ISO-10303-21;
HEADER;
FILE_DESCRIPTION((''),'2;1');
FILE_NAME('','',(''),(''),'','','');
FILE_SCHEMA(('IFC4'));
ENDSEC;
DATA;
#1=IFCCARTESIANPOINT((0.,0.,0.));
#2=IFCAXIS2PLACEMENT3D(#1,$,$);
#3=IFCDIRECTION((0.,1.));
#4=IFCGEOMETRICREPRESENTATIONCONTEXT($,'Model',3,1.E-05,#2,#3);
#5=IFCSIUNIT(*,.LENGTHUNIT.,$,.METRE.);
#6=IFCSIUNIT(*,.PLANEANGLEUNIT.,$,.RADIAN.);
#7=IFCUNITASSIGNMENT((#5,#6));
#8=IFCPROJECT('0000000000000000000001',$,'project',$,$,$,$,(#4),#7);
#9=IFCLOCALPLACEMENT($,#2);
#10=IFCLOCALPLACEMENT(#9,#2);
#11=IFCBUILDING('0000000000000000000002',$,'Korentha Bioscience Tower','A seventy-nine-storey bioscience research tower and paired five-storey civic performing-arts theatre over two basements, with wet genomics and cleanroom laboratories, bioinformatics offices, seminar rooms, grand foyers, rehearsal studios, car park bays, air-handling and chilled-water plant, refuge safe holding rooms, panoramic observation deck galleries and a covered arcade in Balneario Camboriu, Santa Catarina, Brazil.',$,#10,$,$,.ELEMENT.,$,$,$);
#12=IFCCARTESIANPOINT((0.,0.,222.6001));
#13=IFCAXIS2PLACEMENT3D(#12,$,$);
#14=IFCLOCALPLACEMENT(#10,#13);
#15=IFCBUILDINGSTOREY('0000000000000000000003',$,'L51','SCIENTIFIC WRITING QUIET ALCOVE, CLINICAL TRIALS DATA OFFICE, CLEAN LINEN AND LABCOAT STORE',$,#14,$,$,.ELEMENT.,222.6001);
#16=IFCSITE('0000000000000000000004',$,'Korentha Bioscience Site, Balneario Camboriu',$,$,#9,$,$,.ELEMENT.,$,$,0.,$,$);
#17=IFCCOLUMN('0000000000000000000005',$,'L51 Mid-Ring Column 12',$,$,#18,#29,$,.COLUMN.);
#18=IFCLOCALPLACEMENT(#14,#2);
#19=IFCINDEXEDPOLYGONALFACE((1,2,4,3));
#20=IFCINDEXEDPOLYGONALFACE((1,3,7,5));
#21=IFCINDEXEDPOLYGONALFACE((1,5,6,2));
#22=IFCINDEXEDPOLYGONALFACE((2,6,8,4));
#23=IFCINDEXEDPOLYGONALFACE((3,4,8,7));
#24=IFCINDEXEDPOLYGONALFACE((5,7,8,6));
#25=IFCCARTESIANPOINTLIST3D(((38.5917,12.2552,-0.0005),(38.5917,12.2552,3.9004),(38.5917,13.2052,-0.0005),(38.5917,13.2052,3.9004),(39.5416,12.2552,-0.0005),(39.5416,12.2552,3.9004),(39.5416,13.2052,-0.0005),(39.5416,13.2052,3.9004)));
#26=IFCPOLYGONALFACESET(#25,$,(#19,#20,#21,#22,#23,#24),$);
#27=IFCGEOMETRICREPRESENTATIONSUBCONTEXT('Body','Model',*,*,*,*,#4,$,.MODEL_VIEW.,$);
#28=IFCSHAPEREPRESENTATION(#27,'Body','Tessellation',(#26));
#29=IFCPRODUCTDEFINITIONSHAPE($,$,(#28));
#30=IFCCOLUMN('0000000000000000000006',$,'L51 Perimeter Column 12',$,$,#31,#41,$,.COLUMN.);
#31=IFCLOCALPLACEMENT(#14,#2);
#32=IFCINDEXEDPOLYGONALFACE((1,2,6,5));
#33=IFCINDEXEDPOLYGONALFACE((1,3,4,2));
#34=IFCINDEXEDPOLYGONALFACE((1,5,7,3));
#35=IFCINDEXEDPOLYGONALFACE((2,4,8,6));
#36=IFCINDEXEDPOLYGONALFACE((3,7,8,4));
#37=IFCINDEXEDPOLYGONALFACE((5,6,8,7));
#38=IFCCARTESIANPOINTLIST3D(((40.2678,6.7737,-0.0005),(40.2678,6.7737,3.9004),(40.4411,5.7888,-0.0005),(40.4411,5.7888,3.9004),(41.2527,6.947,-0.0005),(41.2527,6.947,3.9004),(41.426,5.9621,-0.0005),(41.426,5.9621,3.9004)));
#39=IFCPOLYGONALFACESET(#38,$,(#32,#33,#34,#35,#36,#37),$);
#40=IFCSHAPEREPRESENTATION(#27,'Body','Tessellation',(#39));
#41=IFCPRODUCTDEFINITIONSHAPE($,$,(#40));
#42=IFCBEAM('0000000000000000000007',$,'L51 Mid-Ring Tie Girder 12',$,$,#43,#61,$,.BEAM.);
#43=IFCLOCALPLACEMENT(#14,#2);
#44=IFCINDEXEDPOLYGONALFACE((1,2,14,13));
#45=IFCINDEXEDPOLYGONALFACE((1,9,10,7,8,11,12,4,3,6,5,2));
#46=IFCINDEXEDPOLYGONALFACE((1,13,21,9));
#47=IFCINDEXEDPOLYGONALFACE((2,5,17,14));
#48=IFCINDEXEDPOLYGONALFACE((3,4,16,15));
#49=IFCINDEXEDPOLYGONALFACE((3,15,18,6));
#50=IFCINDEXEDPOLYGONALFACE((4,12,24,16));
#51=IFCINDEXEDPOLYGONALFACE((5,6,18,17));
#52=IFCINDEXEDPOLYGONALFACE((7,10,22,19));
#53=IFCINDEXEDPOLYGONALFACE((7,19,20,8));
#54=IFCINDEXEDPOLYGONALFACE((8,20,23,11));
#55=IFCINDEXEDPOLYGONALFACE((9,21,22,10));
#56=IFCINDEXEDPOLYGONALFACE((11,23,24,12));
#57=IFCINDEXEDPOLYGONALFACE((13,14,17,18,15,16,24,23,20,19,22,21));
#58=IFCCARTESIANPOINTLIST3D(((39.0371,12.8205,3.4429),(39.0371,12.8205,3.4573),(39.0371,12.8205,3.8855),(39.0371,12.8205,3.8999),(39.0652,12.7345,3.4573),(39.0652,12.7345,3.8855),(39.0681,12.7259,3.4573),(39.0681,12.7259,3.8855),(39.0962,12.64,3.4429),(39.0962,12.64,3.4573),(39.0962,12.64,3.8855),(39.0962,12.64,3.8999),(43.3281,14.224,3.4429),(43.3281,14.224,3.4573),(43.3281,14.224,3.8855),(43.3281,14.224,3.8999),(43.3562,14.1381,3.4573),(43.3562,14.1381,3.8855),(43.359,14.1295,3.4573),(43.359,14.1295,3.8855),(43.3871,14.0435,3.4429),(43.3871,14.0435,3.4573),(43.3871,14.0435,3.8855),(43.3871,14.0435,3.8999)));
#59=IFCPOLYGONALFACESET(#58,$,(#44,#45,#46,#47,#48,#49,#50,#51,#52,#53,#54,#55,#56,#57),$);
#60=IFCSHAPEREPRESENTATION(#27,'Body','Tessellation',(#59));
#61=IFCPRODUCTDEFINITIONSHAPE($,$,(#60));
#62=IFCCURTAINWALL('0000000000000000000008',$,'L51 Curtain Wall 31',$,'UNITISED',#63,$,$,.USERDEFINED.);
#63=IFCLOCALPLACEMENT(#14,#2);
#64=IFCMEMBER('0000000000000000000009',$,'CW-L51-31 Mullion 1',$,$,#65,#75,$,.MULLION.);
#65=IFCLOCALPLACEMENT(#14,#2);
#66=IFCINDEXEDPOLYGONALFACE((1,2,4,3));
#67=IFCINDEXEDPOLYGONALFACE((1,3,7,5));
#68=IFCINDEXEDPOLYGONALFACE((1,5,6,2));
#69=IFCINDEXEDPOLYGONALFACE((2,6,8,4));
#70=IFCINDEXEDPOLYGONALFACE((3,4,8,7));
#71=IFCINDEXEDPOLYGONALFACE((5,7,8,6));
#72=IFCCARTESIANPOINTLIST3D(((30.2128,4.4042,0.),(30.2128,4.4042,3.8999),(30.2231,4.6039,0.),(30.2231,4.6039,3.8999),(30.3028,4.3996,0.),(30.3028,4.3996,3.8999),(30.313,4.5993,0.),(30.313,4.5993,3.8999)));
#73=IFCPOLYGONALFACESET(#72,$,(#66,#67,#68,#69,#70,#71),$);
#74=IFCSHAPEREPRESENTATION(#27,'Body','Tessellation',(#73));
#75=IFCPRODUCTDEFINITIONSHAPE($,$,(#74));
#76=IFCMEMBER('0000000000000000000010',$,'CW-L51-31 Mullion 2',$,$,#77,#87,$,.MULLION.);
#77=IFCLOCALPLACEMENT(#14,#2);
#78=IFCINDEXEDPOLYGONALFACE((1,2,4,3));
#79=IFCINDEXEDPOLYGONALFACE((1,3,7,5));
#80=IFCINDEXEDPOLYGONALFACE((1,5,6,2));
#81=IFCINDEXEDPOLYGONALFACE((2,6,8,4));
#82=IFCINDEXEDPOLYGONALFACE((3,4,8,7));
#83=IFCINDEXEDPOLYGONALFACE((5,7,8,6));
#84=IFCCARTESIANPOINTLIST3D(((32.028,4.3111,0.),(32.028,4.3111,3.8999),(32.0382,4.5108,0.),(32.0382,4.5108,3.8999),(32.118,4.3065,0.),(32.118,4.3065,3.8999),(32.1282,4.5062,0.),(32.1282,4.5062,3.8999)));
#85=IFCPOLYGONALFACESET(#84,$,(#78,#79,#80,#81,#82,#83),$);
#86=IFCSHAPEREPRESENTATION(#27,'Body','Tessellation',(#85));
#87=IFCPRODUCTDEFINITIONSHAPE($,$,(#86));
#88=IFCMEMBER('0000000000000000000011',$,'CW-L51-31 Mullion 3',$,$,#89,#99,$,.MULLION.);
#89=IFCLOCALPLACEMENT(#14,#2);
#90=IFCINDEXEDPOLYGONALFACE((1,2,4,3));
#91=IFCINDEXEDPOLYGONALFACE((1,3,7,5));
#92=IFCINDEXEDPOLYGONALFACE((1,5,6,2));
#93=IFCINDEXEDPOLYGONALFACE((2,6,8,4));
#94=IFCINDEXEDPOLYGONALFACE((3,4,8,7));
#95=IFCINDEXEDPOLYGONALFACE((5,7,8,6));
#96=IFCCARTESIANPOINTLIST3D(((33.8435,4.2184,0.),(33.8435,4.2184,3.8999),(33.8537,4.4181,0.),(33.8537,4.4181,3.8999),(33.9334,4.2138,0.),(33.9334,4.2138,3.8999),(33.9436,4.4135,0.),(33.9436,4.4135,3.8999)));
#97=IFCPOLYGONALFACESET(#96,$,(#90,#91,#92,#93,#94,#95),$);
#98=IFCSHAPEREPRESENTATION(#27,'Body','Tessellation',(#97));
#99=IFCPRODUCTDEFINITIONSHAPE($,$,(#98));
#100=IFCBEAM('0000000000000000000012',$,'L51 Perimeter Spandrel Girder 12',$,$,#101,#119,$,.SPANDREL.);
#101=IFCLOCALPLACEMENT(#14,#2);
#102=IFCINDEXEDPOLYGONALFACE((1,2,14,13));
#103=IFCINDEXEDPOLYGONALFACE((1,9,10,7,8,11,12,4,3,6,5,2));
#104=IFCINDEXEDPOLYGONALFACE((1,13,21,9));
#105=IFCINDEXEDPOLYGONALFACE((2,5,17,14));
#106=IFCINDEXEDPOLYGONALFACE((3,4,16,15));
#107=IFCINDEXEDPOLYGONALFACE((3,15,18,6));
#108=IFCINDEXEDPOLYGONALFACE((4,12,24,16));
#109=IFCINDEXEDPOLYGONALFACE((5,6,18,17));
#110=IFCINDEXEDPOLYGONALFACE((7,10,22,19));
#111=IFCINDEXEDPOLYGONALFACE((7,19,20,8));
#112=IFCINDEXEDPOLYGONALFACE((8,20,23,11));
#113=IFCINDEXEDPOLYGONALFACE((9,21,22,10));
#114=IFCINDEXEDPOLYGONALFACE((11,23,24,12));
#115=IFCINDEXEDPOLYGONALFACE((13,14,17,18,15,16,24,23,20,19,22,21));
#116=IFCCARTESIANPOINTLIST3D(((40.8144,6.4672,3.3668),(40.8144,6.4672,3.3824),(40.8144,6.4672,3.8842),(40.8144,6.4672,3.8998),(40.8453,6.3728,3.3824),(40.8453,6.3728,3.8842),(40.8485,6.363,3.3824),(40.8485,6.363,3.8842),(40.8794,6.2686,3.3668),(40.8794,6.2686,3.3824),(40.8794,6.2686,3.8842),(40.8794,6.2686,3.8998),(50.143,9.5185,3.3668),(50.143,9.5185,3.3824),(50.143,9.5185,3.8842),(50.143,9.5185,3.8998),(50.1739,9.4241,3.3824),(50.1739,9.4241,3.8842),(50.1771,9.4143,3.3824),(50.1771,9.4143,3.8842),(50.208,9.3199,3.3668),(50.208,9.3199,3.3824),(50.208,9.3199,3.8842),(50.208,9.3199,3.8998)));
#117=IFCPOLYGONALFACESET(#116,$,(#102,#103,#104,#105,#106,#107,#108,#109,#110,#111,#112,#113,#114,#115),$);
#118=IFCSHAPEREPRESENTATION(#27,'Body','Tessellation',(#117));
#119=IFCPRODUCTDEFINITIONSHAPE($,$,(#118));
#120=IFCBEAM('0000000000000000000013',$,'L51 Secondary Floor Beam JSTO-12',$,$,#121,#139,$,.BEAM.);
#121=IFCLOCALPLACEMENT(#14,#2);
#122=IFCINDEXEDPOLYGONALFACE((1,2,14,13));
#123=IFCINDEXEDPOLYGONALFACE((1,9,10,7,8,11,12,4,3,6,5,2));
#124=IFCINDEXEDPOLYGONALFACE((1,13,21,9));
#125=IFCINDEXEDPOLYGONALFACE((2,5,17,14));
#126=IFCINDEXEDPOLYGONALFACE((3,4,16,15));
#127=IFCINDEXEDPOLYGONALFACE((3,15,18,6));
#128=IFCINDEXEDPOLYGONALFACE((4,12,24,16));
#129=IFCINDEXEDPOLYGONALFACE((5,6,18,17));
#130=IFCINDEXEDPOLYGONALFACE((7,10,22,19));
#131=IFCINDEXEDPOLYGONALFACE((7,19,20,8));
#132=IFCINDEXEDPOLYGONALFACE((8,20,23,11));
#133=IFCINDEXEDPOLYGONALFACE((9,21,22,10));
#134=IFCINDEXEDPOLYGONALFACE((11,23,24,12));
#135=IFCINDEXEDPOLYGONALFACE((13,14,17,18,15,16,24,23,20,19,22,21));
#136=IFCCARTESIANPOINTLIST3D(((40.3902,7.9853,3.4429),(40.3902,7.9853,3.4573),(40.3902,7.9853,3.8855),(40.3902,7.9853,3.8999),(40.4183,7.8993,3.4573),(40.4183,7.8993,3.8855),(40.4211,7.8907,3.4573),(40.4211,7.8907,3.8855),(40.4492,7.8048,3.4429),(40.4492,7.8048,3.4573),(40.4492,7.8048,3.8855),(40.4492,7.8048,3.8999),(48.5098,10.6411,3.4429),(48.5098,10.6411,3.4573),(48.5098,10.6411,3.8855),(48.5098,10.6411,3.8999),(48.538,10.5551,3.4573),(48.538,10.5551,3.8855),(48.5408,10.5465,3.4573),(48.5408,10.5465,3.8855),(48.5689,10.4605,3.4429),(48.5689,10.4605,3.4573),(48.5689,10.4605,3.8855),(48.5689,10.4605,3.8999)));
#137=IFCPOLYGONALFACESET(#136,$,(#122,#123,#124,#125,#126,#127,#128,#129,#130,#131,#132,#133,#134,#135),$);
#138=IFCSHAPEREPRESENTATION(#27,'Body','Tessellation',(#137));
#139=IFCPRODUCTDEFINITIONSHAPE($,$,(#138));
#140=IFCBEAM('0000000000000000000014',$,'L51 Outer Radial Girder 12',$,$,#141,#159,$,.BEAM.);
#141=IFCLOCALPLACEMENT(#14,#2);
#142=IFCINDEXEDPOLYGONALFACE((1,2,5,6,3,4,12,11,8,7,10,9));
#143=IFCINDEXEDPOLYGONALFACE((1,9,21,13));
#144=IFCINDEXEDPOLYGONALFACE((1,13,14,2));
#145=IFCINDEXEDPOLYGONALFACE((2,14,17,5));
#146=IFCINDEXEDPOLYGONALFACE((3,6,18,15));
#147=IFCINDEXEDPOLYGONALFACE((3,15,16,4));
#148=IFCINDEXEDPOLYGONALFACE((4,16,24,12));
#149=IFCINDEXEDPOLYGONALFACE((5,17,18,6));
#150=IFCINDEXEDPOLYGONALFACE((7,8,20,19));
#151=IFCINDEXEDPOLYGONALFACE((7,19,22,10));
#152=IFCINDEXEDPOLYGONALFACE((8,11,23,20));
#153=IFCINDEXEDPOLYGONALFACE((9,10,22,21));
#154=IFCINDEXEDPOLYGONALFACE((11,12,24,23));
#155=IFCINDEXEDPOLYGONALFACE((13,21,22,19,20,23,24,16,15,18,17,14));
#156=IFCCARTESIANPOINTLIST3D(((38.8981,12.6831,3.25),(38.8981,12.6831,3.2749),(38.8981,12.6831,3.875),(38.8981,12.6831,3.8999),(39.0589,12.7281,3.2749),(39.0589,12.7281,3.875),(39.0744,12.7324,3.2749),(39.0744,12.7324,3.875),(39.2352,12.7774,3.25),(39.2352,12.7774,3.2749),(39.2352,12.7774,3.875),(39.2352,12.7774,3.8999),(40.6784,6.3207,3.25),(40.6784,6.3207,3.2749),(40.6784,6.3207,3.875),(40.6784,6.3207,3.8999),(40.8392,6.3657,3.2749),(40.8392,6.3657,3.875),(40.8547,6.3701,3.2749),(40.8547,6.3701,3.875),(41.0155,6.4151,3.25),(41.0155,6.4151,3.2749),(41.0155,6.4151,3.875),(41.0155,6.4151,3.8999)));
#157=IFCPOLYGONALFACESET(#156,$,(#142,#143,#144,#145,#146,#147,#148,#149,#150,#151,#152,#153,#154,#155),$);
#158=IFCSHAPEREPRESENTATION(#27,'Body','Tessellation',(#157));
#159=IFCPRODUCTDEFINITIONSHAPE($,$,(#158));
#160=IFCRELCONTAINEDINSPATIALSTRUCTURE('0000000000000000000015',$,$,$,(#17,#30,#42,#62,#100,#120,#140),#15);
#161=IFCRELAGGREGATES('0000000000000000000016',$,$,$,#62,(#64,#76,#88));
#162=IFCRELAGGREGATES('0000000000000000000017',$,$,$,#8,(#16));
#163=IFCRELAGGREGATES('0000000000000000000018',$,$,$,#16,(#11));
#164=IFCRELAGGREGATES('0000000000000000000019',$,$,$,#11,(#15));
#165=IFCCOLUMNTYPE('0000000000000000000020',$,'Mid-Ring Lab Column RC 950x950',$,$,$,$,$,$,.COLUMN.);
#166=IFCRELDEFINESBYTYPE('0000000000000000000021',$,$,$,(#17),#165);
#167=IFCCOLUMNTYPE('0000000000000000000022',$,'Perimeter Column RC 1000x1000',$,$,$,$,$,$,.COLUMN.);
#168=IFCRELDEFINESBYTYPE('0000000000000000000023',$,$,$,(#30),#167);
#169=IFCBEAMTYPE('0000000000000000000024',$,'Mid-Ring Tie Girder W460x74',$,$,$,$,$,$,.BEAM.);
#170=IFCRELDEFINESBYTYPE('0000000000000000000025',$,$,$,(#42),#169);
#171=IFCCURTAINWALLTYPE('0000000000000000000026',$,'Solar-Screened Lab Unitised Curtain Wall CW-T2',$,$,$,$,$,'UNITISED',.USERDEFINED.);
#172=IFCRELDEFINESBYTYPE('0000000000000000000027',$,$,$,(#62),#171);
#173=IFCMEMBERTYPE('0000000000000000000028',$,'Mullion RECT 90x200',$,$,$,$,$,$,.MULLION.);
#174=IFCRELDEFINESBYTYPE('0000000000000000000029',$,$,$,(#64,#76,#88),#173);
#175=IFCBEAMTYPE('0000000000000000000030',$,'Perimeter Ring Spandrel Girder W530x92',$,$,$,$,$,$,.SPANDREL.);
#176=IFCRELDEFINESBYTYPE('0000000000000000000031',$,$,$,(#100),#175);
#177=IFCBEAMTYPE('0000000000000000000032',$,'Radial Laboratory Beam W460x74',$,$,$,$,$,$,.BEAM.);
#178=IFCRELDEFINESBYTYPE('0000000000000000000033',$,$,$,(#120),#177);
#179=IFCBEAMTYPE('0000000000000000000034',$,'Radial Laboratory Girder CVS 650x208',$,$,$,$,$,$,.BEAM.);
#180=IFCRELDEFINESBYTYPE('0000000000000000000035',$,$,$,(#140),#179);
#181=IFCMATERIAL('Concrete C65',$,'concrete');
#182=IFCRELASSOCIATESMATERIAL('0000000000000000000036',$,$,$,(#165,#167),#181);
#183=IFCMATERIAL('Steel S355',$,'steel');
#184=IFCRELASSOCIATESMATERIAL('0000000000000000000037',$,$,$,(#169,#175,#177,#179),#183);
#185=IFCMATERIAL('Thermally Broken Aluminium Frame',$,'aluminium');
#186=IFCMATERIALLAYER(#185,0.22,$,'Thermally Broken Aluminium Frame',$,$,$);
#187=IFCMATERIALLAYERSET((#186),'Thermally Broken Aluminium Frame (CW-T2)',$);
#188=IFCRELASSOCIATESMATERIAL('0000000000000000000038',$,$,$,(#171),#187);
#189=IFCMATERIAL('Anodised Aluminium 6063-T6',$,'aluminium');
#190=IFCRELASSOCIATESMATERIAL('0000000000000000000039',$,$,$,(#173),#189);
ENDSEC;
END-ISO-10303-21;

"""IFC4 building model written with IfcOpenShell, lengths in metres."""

from ifc_helpers import new_model, si_unit, direction, frame, origin, origin_2d, place, context, subcontext, project, spatial, rectangle, i_section, extrude, material, layer, layer_set, material_profile, profile_set, type_object, element, aggregate, save


model = new_model("IFC4")

# Units and contexts
model_context = context("Model", 3, precision=1e-05, world=origin(), true_north=direction((0.0, 1.0)))
body_context = subcontext(model_context, "Body", "Model", "MODEL_VIEW")
ifc_project = project(units=[si_unit("LENGTHUNIT", "METRE"), si_unit("PLANEANGLEUNIT", "RADIAN")], contexts=[model_context])

# Site, building, storey
site_placement = place(None, origin())
site = spatial("IfcSite", under=ifc_project, at=site_placement, Name="Korentha Bioscience Site, Balneario Camboriu", CompositionType="ELEMENT", RefElevation=0.0)
building_placement = place(site_placement, origin())
building = spatial("IfcBuilding", under=site, at=building_placement, Name="Korentha Bioscience Tower", Description="A seventy-nine-storey bioscience research tower and paired five-storey civic performing-arts theatre over two basements, with wet genomics and cleanroom laboratories, bioinformatics offices, seminar rooms, grand foyers, rehearsal studios, car park bays, air-handling and chilled-water plant, refuge safe holding rooms, panoramic observation deck galleries and a covered arcade in Balneario Camboriu, Santa Catarina, Brazil.", CompositionType="ELEMENT")
storey_placement = place(building_placement, frame((0.0, 0.0, 222.6001)))
storey = spatial("IfcBuildingStorey", under=building, at=storey_placement, Name="L51", Description="SCIENTIFIC WRITING QUIET ALCOVE, CLINICAL TRIALS DATA OFFICE, CLEAN LINEN AND LABCOAT STORE", CompositionType="ELEMENT", Elevation=222.6001)

# Columns
ifc_material_1 = material(Name="Concrete C65", Category="concrete")
ifc_material_profile_1 = material_profile(ifc_material_1, rectangle(XDim=0.95, YDim=0.95, at=origin_2d()), Name="Concrete C65")
ifc_profile_set_1 = profile_set([ifc_material_profile_1], Name="Concrete C65 (COL-MR09)")
column_type_1 = type_object("IfcColumnType", Name="Mid-Ring Lab Column RC 950x950", PredefinedType="COLUMN", material=ifc_profile_set_1)
column_1_placement = place(storey_placement, frame((39.0667, 12.7302, -0.0005), z_axis=(0.0, 0.0, 1.0), x_axis=(1.0, 0.0, 0.0)))
element("IfcColumn", 1, at=column_1_placement, inside=storey, type_object=column_type_1, Name="L51 Mid-Ring Column 12", PredefinedType="COLUMN", context=body_context, shape_type="SweptSolid", body=[
    extrude(rectangle(XDim=0.95, YDim=0.95, at=origin_2d()), origin(), (0.0, 0.0, 1.0), 3.9009),
])
ifc_material_profile_2 = material_profile(ifc_material_1, rectangle(XDim=1.0, YDim=1.0, at=origin_2d()), Name="Concrete C65")
ifc_profile_set_2 = profile_set([ifc_material_profile_2], Name="Concrete C65 (COL-P10)")
column_type_2 = type_object("IfcColumnType", Name="Perimeter Column RC 1000x1000", PredefinedType="COLUMN", material=ifc_profile_set_2)
column_2_placement = place(storey_placement, frame((40.8469, 6.3679, -0.0005), z_axis=(0.0, 0.0, 1.0), x_axis=(0.984868, 0.173304, 0.0)))
element("IfcColumn", 2, at=column_2_placement, inside=storey, type_object=column_type_2, Name="L51 Perimeter Column 12", PredefinedType="COLUMN", context=body_context, shape_type="SweptSolid", body=[
    extrude(rectangle(XDim=1.0, YDim=1.0, at=origin_2d()), origin(), (0.0, 0.0, 1.0), 3.9009),
])

# Beam
ifc_material_2 = material(Name="Steel S355", Category="steel")
ifc_material_profile_3 = material_profile(ifc_material_2, i_section(OverallWidth=0.1899, OverallDepth=0.457, WebThickness=0.009, FlangeThickness=0.0144, at=origin_2d()), Name="Steel S355")
ifc_profile_set_3 = profile_set([ifc_material_profile_3], Name="Steel S355 (MB-460)")
beam_type_1 = type_object("IfcBeamType", Name="Mid-Ring Tie Girder W460x74", PredefinedType="BEAM", material=ifc_profile_set_3)
beam_1_placement = place(storey_placement, frame((39.0667, 12.7302, 3.6714), z_axis=(0.950447, 0.310885, 0.0), x_axis=(-0.310885, 0.950447, 0.0)))
element("IfcBeam", 3, at=beam_1_placement, inside=storey, type_object=beam_type_1, Name="L51 Mid-Ring Tie Girder 12", PredefinedType="BEAM", context=body_context, shape_type="SweptSolid", body=[
    extrude(i_section(OverallWidth=0.1899, OverallDepth=0.457, WebThickness=0.009, FlangeThickness=0.0144, at=origin_2d()), origin(), (0.0, 0.0, 1.0), 4.5146),
])

# Curtain wall, members
ifc_material_3 = material(Name="Thermally Broken Aluminium Frame", Category="aluminium")
ifc_layer_1 = layer(ifc_material_3, 0.22, Name="Thermally Broken Aluminium Frame")
ifc_layer_set_1 = layer_set([ifc_layer_1], Name="Thermally Broken Aluminium Frame (CW-T2)")
curtain_wall_type = type_object("IfcCurtainWallType", Name="Solar-Screened Lab Unitised Curtain Wall CW-T2", ElementType="UNITISED", PredefinedType="USERDEFINED", material=ifc_layer_set_1)
curtain_wall_placement = place(storey_placement, origin())
curtain_wall = element("IfcCurtainWall", 4, at=curtain_wall_placement, inside=storey, type_object=curtain_wall_type, Name="L51 Curtain Wall 31", ObjectType="UNITISED", PredefinedType="USERDEFINED")
ifc_material_4 = material(Name="Anodised Aluminium 6063-T6", Category="aluminium")
ifc_material_profile_4 = material_profile(ifc_material_4, rectangle(XDim=0.0901, YDim=0.2, at=origin_2d()), Name="Anodised Aluminium 6063-T6")
ifc_profile_set_4 = profile_set([ifc_material_profile_4], Name="Anodised Aluminium 6063-T6 (CW-MUL)")
member_type_1 = type_object("IfcMemberType", Name="Mullion RECT 90x200", PredefinedType="MULLION", material=ifc_profile_set_4)
member_1_placement = place(storey_placement, frame((30.2629, 4.5017, 0.0), z_axis=(0.0, 0.0, 1.0), x_axis=(0.998696, -0.051055, 0.0)))
member_1 = element("IfcMember", 5, at=member_1_placement, type_object=member_type_1, Name="CW-L51-31 Mullion 1", PredefinedType="MULLION", context=body_context, shape_type="SweptSolid", body=[
    extrude(rectangle(XDim=0.0901, YDim=0.2, at=origin_2d()), origin(), (0.0, 0.0, 1.0), 3.8999),
])
member_2_placement = place(storey_placement, frame((32.0781, 4.4087, 0.0), z_axis=(0.0, 0.0, 1.0), x_axis=(0.998696, -0.051055, 0.0)))
member_2 = element("IfcMember", 6, at=member_2_placement, type_object=member_type_1, Name="CW-L51-31 Mullion 2", PredefinedType="MULLION", context=body_context, shape_type="SweptSolid", body=[
    extrude(rectangle(XDim=0.0901, YDim=0.2, at=origin_2d()), origin(), (0.0, 0.0, 1.0), 3.8999),
])
member_3_placement = place(storey_placement, frame((33.8936, 4.3159, 0.0), z_axis=(0.0, 0.0, 1.0), x_axis=(0.998696, -0.051055, 0.0)))
member_3 = element("IfcMember", 7, at=member_3_placement, type_object=member_type_1, Name="CW-L51-31 Mullion 3", PredefinedType="MULLION", context=body_context, shape_type="SweptSolid", body=[
    extrude(rectangle(XDim=0.0901, YDim=0.2, at=origin_2d()), origin(), (0.0, 0.0, 1.0), 3.8999),
])

# Beams
ifc_material_profile_5 = material_profile(ifc_material_2, i_section(OverallWidth=0.209, OverallDepth=0.533, WebThickness=0.0103, FlangeThickness=0.0156, at=origin_2d()), Name="Steel S355")
ifc_profile_set_5 = profile_set([ifc_material_profile_5], Name="Steel S355 (SB-530)")
beam_type_2 = type_object("IfcBeamType", Name="Perimeter Ring Spandrel Girder W530x92", PredefinedType="SPANDREL", material=ifc_profile_set_5)
beam_2_placement = place(storey_placement, frame((40.8469, 6.3679, 3.6333), z_axis=(0.950449, 0.31088, 0.0), x_axis=(-0.31088, 0.950449, 0.0)))
element("IfcBeam", 8, at=beam_2_placement, inside=storey, type_object=beam_type_2, Name="L51 Perimeter Spandrel Girder 12", PredefinedType="SPANDREL", context=body_context, shape_type="SweptSolid", body=[
    extrude(i_section(OverallWidth=0.209, OverallDepth=0.533, WebThickness=0.0103, FlangeThickness=0.0156, at=origin_2d()), origin(), (0.0, 0.0, 1.0), 9.8149),
])
ifc_material_profile_6 = material_profile(ifc_material_2, i_section(OverallWidth=0.1899, OverallDepth=0.457, WebThickness=0.009, FlangeThickness=0.0144, at=origin_2d()), Name="Steel S355")
ifc_profile_set_6 = profile_set([ifc_material_profile_6], Name="Steel S355 (RB-460)")
beam_type_3 = type_object("IfcBeamType", Name="Radial Laboratory Beam W460x74", PredefinedType="BEAM", material=ifc_profile_set_6)
beam_3_placement = place(storey_placement, frame((40.4197, 7.895, 3.6714), z_axis=(0.950451, 0.310873, 0.0), x_axis=(-0.310873, 0.950451, 0.0)))
element("IfcBeam", 9, at=beam_3_placement, inside=storey, type_object=beam_type_3, Name="L51 Secondary Floor Beam JSTO-12", PredefinedType="BEAM", context=body_context, shape_type="SweptSolid", body=[
    extrude(i_section(OverallWidth=0.1899, OverallDepth=0.457, WebThickness=0.009, FlangeThickness=0.0144, at=origin_2d()), origin(), (0.0, 0.0, 1.0), 8.543),
])
ifc_material_profile_7 = material_profile(ifc_material_2, i_section(OverallWidth=0.3501, OverallDepth=0.6499, WebThickness=0.0161, FlangeThickness=0.0249, at=origin_2d()), Name="Steel S355")
ifc_profile_set_7 = profile_set([ifc_material_profile_7], Name="Steel S355 (RB-650)")
beam_type_4 = type_object("IfcBeamType", Name="Radial Laboratory Girder CVS 650x208", PredefinedType="BEAM", material=ifc_profile_set_7)
beam_4_placement = place(storey_placement, frame((39.0667, 12.7302, 3.575), z_axis=(0.269465, -0.96301, 0.0), x_axis=(0.96301, 0.269465, 0.0)))
element("IfcBeam", 10, at=beam_4_placement, inside=storey, type_object=beam_type_4, Name="L51 Outer Radial Girder 12", PredefinedType="BEAM", context=body_context, shape_type="SweptSolid", body=[
    extrude(i_section(OverallWidth=0.3501, OverallDepth=0.6499, WebThickness=0.0161, FlangeThickness=0.0249, at=origin_2d()), origin(), (0.0, 0.0, 1.0), 6.6067),
])

aggregate(curtain_wall, [member_1, member_2, member_3])

save(model, "model.ifc")
